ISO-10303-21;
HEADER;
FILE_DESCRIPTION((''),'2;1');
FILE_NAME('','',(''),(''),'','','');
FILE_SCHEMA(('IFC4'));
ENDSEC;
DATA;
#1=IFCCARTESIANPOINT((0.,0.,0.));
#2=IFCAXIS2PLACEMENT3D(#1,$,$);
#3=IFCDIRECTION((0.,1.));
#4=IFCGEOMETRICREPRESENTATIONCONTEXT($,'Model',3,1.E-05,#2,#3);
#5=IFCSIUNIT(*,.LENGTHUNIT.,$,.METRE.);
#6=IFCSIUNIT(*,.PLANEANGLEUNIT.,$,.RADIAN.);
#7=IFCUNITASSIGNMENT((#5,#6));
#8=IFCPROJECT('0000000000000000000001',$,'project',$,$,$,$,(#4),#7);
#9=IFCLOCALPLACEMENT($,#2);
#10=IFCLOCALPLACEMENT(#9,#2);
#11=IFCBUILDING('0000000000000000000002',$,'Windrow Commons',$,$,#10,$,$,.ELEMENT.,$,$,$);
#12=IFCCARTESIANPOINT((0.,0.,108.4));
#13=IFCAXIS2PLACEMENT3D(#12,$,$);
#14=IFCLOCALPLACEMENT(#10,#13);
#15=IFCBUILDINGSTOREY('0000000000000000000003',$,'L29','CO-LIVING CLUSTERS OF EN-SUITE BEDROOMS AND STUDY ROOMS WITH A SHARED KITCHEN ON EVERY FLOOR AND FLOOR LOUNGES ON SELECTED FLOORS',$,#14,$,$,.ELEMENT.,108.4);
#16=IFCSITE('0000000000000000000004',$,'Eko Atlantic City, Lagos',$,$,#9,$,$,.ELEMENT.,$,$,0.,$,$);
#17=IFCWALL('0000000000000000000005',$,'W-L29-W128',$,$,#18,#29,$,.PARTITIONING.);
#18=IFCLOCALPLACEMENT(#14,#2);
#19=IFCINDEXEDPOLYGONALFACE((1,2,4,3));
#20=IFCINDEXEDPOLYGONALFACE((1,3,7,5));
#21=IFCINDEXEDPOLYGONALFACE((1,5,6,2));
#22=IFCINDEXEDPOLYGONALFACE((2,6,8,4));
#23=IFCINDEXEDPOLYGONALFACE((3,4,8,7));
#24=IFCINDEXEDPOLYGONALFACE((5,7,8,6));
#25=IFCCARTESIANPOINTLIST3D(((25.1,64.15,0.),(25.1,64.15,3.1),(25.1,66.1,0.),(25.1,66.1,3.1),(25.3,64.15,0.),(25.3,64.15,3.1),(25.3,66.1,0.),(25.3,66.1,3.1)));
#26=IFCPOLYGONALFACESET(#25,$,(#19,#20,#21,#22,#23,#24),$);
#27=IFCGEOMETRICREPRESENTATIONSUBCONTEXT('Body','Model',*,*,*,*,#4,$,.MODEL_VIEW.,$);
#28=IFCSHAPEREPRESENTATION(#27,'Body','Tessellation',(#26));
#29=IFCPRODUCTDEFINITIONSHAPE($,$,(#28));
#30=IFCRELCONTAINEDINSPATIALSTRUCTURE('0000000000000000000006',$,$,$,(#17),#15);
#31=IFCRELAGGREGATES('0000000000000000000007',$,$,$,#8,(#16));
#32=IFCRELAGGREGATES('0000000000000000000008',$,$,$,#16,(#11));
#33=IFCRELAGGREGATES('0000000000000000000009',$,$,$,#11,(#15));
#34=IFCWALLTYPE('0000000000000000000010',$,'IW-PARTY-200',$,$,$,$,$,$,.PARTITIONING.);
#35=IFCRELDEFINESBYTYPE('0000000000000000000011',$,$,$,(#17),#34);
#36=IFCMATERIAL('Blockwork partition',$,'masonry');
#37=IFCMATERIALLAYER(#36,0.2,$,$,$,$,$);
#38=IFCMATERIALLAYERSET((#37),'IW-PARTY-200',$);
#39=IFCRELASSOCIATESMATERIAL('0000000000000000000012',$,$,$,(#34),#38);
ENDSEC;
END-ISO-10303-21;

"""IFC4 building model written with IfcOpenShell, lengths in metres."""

from ifc_helpers import new_model, si_unit, direction, frame, frame_2d, origin, place, context, subcontext, project, spatial, rectangle, extrude, material, layer, layer_set, type_object, element, save


model = new_model("IFC4")

# Units and contexts
model_context = context("Model", 3, precision=1e-05, world=origin(), true_north=direction((0.0, 1.0)))
body_context = subcontext(model_context, "Body", "Model", "MODEL_VIEW")
ifc_project = project(units=[si_unit("LENGTHUNIT", "METRE"), si_unit("PLANEANGLEUNIT", "RADIAN")], contexts=[model_context])

# Site, building, storey
site_placement = place(None, origin())
site = spatial("IfcSite", under=ifc_project, at=site_placement, Name="Eko Atlantic City, Lagos", CompositionType="ELEMENT", RefElevation=0.0)
building_placement = place(site_placement, origin())
building = spatial("IfcBuilding", under=site, at=building_placement, Name="Windrow Commons", CompositionType="ELEMENT")
storey_placement = place(building_placement, frame((0.0, 0.0, 108.4)))
storey = spatial("IfcBuildingStorey", under=building, at=storey_placement, Name="L29", Description="CO-LIVING CLUSTERS OF EN-SUITE BEDROOMS AND STUDY ROOMS WITH A SHARED KITCHEN ON EVERY FLOOR AND FLOOR LOUNGES ON SELECTED FLOORS", CompositionType="ELEMENT", Elevation=108.4)

# Wall
ifc_material_1 = material(Name="Blockwork partition", Category="masonry")
ifc_layer_1 = layer(ifc_material_1, 0.2)
ifc_layer_set_1 = layer_set([ifc_layer_1], Name="IW-PARTY-200")
wall_type_1 = type_object("IfcWallType", Name="IW-PARTY-200", PredefinedType="PARTITIONING", material=ifc_layer_set_1)
wall_1_placement = place(storey_placement, frame((25.2, 64.15, 0.0), z_axis=(0.0, 0.0, 1.0), x_axis=(0.0, 1.0, 0.0)))
element("IfcWall", 1, at=wall_1_placement, inside=storey, type_object=wall_type_1, Name="W-L29-W128", PredefinedType="PARTITIONING", context=body_context, shape_type="SweptSolid", body=[
    extrude(rectangle(XDim=1.95, YDim=0.2, at=frame_2d((0.975, 0.0))), origin(), (0.0, 0.0, 1.0), 3.1),
])

save(model, "model.ifc")
